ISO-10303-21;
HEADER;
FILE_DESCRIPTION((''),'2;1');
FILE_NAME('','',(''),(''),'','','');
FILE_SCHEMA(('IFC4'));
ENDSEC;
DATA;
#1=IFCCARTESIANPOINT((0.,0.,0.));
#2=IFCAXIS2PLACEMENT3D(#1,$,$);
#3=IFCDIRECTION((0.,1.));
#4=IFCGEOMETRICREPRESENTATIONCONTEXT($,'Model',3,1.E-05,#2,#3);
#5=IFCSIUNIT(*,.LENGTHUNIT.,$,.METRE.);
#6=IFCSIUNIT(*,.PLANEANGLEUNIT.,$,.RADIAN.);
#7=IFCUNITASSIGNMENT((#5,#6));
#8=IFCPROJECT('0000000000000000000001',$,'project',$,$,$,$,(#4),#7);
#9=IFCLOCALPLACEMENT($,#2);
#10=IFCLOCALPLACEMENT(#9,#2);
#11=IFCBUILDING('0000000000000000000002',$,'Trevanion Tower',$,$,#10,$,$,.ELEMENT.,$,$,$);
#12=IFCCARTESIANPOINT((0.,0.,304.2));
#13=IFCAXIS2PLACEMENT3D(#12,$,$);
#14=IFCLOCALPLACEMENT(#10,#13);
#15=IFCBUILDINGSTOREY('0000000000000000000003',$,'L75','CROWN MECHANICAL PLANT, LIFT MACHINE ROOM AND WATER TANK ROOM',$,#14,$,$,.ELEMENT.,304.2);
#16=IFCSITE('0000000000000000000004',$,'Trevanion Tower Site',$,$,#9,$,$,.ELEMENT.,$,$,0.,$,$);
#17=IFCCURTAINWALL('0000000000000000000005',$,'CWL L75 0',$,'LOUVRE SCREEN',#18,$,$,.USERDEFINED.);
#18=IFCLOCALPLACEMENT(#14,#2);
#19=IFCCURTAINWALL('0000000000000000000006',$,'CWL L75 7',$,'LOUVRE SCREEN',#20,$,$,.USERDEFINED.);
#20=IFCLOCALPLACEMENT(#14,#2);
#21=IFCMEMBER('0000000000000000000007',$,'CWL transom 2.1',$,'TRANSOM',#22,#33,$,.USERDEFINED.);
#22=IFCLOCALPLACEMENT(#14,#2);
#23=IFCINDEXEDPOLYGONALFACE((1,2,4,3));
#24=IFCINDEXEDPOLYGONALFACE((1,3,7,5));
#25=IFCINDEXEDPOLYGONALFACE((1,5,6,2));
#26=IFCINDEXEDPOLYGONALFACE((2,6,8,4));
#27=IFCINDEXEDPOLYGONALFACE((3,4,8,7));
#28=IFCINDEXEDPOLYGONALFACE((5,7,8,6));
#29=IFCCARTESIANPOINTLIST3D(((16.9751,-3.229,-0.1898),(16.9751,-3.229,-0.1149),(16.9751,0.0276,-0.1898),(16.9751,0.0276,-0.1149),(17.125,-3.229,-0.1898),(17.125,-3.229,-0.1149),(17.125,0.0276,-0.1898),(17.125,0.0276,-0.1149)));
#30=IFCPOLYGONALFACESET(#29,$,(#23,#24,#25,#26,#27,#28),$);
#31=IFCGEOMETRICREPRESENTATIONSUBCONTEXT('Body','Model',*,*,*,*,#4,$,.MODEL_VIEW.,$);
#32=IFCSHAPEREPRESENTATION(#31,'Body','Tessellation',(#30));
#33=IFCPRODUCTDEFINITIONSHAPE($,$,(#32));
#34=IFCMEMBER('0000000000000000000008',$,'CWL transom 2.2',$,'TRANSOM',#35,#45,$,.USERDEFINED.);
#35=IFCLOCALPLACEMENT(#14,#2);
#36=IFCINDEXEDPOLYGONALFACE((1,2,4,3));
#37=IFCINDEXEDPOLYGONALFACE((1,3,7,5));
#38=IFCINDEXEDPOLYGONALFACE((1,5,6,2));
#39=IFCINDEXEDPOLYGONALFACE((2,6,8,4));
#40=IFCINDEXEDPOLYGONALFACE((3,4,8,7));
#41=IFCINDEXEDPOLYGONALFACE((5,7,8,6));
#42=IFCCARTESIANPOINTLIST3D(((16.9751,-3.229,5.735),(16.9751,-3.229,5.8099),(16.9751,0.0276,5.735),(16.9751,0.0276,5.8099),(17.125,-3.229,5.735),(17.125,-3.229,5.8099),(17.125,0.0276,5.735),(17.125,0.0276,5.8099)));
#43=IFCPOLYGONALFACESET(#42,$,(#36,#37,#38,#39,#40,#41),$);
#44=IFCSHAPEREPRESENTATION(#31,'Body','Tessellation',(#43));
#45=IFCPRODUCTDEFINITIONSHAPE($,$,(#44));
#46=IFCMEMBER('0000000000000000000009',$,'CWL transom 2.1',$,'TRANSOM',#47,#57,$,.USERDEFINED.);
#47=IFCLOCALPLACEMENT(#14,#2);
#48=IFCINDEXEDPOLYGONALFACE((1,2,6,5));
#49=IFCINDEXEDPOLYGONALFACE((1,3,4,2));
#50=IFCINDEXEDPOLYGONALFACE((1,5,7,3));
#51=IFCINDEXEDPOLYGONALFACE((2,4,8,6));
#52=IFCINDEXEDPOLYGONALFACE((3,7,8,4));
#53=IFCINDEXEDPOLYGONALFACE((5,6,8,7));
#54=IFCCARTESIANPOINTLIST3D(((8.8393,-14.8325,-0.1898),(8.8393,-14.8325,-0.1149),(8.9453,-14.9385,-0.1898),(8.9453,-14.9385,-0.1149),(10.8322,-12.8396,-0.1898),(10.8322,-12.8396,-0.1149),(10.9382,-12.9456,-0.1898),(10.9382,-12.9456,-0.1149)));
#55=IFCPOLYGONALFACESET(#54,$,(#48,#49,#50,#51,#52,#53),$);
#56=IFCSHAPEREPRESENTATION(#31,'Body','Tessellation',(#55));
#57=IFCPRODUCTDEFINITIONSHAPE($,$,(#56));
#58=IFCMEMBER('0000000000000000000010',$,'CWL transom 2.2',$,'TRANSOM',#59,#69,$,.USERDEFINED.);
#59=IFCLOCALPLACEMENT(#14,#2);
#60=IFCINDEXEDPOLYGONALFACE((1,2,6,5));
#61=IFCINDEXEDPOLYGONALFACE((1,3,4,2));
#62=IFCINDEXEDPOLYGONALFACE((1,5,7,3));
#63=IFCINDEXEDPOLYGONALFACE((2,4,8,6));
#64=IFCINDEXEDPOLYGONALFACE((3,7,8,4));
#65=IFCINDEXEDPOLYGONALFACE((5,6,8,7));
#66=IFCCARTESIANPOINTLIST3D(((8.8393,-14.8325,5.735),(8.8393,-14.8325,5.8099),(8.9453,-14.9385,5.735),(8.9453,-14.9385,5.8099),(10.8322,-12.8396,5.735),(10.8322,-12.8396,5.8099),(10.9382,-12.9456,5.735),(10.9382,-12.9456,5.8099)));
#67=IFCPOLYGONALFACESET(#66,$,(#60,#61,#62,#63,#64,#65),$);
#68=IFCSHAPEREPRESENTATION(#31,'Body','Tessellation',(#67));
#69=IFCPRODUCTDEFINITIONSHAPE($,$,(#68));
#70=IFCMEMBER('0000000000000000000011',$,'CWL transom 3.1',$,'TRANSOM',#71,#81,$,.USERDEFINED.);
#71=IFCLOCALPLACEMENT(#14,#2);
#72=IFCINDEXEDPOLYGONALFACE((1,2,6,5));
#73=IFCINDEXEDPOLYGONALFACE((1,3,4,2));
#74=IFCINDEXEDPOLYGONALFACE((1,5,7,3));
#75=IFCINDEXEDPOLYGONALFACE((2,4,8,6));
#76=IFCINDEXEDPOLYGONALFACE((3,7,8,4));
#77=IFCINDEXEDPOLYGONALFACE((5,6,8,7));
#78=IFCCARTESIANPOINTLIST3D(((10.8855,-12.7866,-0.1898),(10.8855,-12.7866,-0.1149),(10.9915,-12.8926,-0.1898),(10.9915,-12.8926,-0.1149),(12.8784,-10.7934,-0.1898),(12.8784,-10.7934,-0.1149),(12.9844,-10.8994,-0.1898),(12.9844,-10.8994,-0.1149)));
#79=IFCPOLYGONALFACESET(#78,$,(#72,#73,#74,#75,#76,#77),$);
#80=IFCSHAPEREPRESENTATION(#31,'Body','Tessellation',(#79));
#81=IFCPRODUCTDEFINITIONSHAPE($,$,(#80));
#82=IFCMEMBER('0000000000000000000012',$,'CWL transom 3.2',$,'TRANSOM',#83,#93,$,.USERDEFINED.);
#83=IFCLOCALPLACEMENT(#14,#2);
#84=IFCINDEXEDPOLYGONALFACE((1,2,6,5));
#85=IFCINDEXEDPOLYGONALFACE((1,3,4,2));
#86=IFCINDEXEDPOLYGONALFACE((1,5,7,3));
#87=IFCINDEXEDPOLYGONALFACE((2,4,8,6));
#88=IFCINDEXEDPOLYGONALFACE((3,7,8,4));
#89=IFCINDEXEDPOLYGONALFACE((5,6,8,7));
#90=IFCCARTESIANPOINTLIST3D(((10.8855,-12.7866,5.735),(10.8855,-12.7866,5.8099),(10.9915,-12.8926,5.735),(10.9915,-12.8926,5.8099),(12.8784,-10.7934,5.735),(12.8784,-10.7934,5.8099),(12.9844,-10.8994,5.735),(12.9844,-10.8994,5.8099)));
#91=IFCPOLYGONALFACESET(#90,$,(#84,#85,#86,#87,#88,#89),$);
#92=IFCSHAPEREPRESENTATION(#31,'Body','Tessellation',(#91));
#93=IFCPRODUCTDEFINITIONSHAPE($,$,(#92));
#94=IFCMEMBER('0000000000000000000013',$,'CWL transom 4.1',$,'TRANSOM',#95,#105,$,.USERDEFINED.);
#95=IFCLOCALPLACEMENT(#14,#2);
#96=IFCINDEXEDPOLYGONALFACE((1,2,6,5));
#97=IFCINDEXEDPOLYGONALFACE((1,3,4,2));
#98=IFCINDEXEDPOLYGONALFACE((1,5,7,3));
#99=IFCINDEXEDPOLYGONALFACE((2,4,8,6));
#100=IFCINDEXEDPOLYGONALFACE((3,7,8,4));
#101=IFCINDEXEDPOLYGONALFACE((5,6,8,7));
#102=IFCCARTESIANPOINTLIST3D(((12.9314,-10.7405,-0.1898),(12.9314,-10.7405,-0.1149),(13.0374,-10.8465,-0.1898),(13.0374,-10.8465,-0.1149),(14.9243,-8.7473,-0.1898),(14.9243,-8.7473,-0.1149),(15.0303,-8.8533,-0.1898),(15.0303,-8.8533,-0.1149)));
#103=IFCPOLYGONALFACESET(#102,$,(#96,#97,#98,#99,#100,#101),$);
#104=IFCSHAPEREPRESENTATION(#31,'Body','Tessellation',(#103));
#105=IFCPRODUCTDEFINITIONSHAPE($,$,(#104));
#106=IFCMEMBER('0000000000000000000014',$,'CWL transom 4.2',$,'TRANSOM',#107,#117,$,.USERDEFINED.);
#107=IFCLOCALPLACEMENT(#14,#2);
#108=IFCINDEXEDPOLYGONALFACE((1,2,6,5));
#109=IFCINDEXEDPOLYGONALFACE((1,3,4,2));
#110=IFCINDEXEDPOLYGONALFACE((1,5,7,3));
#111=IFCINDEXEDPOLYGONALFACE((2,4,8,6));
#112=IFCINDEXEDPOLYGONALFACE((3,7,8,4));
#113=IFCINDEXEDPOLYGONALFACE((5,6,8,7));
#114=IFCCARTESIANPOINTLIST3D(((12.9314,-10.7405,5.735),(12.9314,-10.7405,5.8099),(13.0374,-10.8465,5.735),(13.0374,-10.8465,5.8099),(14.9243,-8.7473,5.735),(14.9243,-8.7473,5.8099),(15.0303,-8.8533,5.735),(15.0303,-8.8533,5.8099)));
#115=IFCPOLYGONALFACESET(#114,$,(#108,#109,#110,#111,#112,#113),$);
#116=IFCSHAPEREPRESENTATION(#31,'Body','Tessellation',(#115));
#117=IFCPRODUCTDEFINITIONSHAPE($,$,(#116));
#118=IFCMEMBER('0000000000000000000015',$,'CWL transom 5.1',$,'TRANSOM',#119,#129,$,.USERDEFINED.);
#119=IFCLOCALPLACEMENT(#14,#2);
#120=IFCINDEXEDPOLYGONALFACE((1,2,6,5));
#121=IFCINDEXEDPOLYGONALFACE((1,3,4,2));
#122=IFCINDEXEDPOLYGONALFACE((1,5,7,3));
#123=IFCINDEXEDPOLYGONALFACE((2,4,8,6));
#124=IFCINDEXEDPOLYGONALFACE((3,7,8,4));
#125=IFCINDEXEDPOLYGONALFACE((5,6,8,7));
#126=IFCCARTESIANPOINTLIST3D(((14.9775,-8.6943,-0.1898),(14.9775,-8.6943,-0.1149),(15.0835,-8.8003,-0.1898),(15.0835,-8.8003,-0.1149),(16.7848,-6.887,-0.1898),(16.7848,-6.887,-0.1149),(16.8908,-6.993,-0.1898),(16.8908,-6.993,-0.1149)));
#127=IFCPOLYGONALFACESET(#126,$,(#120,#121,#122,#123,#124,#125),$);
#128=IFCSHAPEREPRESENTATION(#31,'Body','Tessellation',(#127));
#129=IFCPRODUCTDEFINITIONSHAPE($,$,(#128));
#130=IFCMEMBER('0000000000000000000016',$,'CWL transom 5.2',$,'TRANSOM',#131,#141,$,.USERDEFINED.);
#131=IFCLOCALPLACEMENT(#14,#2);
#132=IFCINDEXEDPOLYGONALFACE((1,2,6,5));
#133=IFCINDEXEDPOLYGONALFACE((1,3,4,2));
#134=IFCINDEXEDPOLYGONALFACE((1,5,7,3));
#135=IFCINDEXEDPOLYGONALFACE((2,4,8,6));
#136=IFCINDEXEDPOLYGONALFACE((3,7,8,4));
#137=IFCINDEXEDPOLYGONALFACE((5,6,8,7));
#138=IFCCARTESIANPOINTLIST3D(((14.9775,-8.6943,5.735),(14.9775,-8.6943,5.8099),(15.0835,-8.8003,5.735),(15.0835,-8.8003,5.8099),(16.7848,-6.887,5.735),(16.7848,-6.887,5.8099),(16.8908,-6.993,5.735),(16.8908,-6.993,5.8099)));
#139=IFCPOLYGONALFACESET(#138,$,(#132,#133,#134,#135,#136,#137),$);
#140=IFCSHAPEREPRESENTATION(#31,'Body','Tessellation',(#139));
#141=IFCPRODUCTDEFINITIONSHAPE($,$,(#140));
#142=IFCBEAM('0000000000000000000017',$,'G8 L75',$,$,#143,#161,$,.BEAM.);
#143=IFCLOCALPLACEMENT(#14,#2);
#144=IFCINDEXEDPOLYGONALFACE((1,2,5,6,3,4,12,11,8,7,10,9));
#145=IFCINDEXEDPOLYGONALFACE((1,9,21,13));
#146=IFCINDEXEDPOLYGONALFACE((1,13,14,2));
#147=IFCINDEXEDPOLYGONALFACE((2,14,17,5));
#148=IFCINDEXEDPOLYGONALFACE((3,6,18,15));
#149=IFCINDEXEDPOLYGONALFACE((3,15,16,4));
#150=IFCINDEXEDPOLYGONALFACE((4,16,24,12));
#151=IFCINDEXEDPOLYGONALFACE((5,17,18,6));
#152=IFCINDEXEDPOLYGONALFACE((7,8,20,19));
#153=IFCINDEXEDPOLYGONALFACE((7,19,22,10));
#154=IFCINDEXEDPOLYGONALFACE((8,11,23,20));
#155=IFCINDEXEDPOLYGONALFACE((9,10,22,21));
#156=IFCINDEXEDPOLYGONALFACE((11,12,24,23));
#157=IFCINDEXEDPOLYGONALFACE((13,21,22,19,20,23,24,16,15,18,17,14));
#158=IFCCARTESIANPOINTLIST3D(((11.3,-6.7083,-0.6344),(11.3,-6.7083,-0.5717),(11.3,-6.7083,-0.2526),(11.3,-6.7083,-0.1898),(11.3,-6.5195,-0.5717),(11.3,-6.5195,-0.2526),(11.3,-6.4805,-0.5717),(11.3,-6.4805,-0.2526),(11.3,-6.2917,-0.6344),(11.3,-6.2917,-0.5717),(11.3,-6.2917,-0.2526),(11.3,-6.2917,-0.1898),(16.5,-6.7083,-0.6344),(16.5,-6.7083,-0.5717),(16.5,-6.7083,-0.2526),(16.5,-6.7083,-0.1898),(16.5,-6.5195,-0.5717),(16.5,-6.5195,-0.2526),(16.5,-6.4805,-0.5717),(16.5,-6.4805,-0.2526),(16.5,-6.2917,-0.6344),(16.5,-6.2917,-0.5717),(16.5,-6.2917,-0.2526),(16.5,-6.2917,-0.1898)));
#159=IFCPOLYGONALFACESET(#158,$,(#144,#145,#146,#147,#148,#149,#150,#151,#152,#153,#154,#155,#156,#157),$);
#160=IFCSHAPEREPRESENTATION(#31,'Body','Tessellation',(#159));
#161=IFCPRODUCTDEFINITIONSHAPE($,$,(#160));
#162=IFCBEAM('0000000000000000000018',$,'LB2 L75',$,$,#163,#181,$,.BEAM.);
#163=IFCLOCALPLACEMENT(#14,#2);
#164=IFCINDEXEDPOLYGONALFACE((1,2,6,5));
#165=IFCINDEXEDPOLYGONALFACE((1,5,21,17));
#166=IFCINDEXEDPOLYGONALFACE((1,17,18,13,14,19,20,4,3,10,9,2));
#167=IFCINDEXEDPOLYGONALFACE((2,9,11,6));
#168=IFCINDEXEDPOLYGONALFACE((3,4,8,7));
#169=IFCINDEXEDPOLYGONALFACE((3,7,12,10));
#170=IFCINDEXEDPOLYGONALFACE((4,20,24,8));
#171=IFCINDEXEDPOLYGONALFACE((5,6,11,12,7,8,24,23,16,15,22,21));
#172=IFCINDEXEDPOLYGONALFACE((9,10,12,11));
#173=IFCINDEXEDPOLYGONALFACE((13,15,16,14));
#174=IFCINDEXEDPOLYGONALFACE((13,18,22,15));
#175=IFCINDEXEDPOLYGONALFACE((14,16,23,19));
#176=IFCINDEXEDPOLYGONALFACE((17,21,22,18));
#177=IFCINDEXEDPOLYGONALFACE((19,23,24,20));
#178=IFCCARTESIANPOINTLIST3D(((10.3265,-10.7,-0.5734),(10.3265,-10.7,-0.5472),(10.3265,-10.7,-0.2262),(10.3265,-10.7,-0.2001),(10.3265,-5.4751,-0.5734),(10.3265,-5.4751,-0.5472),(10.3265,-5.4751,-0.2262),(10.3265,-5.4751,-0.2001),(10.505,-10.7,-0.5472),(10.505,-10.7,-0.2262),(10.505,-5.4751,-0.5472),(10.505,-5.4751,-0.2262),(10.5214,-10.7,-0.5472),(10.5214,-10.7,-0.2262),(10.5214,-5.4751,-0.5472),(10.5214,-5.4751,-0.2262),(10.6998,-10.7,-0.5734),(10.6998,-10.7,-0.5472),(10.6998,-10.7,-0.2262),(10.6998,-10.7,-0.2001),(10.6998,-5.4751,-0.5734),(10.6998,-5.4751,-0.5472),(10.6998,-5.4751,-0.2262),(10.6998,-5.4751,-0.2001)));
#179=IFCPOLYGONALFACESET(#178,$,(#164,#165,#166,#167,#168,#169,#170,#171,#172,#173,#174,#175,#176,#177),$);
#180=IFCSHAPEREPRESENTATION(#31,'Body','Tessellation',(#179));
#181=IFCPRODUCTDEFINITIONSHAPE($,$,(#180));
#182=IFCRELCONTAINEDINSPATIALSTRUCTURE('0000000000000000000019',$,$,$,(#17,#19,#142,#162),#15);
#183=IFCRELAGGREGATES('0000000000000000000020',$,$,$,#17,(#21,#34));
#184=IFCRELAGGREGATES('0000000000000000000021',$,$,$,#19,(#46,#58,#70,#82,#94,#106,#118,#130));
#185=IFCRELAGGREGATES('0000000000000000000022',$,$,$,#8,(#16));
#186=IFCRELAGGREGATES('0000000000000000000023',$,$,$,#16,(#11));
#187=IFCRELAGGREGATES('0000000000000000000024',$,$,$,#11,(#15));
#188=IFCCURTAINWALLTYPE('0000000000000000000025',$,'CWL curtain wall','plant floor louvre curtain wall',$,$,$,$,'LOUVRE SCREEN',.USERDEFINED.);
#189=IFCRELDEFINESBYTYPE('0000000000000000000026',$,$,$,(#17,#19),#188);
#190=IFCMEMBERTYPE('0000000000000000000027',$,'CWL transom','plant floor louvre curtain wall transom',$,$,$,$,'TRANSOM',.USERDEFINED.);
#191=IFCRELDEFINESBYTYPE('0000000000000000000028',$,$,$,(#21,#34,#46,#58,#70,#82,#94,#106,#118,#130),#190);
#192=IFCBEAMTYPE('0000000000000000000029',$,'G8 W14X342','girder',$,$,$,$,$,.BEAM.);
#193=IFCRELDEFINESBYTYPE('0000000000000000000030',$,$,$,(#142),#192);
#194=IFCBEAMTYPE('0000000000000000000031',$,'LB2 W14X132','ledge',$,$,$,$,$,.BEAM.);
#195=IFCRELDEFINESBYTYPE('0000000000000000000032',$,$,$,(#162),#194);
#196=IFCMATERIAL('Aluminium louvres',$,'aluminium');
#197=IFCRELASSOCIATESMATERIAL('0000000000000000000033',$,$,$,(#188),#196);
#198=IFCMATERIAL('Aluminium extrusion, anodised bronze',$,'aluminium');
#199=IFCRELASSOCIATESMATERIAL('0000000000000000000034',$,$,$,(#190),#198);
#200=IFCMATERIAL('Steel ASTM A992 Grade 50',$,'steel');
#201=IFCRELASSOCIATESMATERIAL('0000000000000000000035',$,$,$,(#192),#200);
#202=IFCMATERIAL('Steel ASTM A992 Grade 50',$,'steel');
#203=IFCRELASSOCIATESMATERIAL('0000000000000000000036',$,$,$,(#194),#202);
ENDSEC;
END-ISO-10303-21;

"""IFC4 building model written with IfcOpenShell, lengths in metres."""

from ifc_helpers import new_model, si_unit, direction, frame, origin, origin_2d, place, context, subcontext, project, spatial, rectangle, i_section, extrude, material, material_profile, profile_set, type_object, element, aggregate, save


model = new_model("IFC4")

# Units and contexts
model_context = context("Model", 3, precision=1e-05, world=origin(), true_north=direction((0.0, 1.0)))
body_context = subcontext(model_context, "Body", "Model", "MODEL_VIEW")
ifc_project = project(units=[si_unit("LENGTHUNIT", "METRE"), si_unit("PLANEANGLEUNIT", "RADIAN")], contexts=[model_context])

# Site, building, storey
site_placement = place(None, origin())
site = spatial("IfcSite", under=ifc_project, at=site_placement, Name="Trevanion Tower Site", CompositionType="ELEMENT", RefElevation=0.0)
building_placement = place(site_placement, origin())
building = spatial("IfcBuilding", under=site, at=building_placement, Name="Trevanion Tower", CompositionType="ELEMENT")
storey_placement = place(building_placement, frame((0.0, 0.0, 304.2)))
storey = spatial("IfcBuildingStorey", under=building, at=storey_placement, Name="L75", Description="CROWN MECHANICAL PLANT, LIFT MACHINE ROOM AND WATER TANK ROOM", CompositionType="ELEMENT", Elevation=304.2)

# Curtain wall
ifc_material_1 = material(Name="Aluminium louvres", Category="aluminium")
curtain_wall_type = type_object("IfcCurtainWallType", Name="CWL curtain wall", Description="plant floor louvre curtain wall", ElementType="LOUVRE SCREEN", PredefinedType="USERDEFINED", material=ifc_material_1)
curtain_wall_1_placement = place(storey_placement, origin())
curtain_wall_1 = element("IfcCurtainWall", 1, at=curtain_wall_1_placement, inside=storey, type_object=curtain_wall_type, Name="CWL L75 0", ObjectType="LOUVRE SCREEN", PredefinedType="USERDEFINED")

# Curtain wall
curtain_wall_2_placement = place(storey_placement, origin())
curtain_wall_2 = element("IfcCurtainWall", 2, at=curtain_wall_2_placement, inside=storey, type_object=curtain_wall_type, Name="CWL L75 7", ObjectType="LOUVRE SCREEN", PredefinedType="USERDEFINED")

# Members
ifc_material_2 = material(Name="Aluminium extrusion, anodised bronze", Category="aluminium")
ifc_material_profile_1 = material_profile(ifc_material_2, rectangle(XDim=0.1499, YDim=0.075, at=origin_2d()), Name="CWL transom")
ifc_profile_set_1 = profile_set([ifc_material_profile_1], Name="Aluminium extrusion, anodised bronze")
member_type_1 = type_object("IfcMemberType", Name="CWL transom", Description="plant floor louvre curtain wall transom", ElementType="TRANSOM", PredefinedType="USERDEFINED", material=ifc_profile_set_1)
member_1_placement = place(storey_placement, frame((17.05, -3.229, -0.1523), z_axis=(0.0, 1.0, 0.0), x_axis=(-1.0, 0.0, 0.0)))
member_1 = element("IfcMember", 3, at=member_1_placement, type_object=member_type_1, Name="CWL transom 2.1", ObjectType="TRANSOM", PredefinedType="USERDEFINED", context=body_context, shape_type="SweptSolid", body=[
    extrude(rectangle(XDim=0.1499, YDim=0.075, at=origin_2d()), origin(), (0.0, 0.0, 1.0), 3.2566),
])
member_2_placement = place(storey_placement, frame((17.05, -3.229, 5.7725), z_axis=(0.0, 1.0, 0.0), x_axis=(-1.0, 0.0, 0.0)))
member_2 = element("IfcMember", 4, at=member_2_placement, type_object=member_type_1, Name="CWL transom 2.2", ObjectType="TRANSOM", PredefinedType="USERDEFINED", context=body_context, shape_type="SweptSolid", body=[
    extrude(rectangle(XDim=0.1499, YDim=0.075, at=origin_2d()), origin(), (0.0, 0.0, 1.0), 3.2566),
])
member_3_placement = place(storey_placement, frame((8.8923, -14.8855, -0.1523), z_axis=(0.707107, 0.707107, 0.0), x_axis=(-0.707107, 0.707107, 0.0)))
member_3 = element("IfcMember", 5, at=member_3_placement, type_object=member_type_1, Name="CWL transom 2.1", ObjectType="TRANSOM", PredefinedType="USERDEFINED", context=body_context, shape_type="SweptSolid", body=[
    extrude(rectangle(XDim=0.1499, YDim=0.075, at=origin_2d()), origin(), (0.0, 0.0, 1.0), 2.8184),
])
member_4_placement = place(storey_placement, frame((8.8923, -14.8855, 5.7725), z_axis=(0.707107, 0.707107, 0.0), x_axis=(-0.707107, 0.707107, 0.0)))
member_4 = element("IfcMember", 6, at=member_4_placement, type_object=member_type_1, Name="CWL transom 2.2", ObjectType="TRANSOM", PredefinedType="USERDEFINED", context=body_context, shape_type="SweptSolid", body=[
    extrude(rectangle(XDim=0.1499, YDim=0.075, at=origin_2d()), origin(), (0.0, 0.0, 1.0), 2.8184),
])
member_5_placement = place(storey_placement, frame((10.9385, -12.8396, -0.1523), z_axis=(0.707063, 0.70715, 0.0), x_axis=(-0.70715, 0.707063, 0.0)))
member_5 = element("IfcMember", 7, at=member_5_placement, type_object=member_type_1, Name="CWL transom 3.1", ObjectType="TRANSOM", PredefinedType="USERDEFINED", context=body_context, shape_type="SweptSolid", body=[
    extrude(rectangle(XDim=0.1499, YDim=0.075, at=origin_2d()), origin(), (0.0, 0.0, 1.0), 2.8186),
])
member_6_placement = place(storey_placement, frame((10.9385, -12.8396, 5.7725), z_axis=(0.707063, 0.70715, 0.0), x_axis=(-0.70715, 0.707063, 0.0)))
member_6 = element("IfcMember", 8, at=member_6_placement, type_object=member_type_1, Name="CWL transom 3.2", ObjectType="TRANSOM", PredefinedType="USERDEFINED", context=body_context, shape_type="SweptSolid", body=[
    extrude(rectangle(XDim=0.1499, YDim=0.075, at=origin_2d()), origin(), (0.0, 0.0, 1.0), 2.8186),
])
member_7_placement = place(storey_placement, frame((12.9844, -10.7935, -0.1523), z_axis=(0.707063, 0.70715, 0.0), x_axis=(-0.70715, 0.707063, 0.0)))
member_7 = element("IfcMember", 9, at=member_7_placement, type_object=member_type_1, Name="CWL transom 4.1", ObjectType="TRANSOM", PredefinedType="USERDEFINED", context=body_context, shape_type="SweptSolid", body=[
    extrude(rectangle(XDim=0.1499, YDim=0.075, at=origin_2d()), origin(), (0.0, 0.0, 1.0), 2.8186),
])
member_8_placement = place(storey_placement, frame((12.9844, -10.7935, 5.7725), z_axis=(0.707063, 0.70715, 0.0), x_axis=(-0.70715, 0.707063, 0.0)))
member_8 = element("IfcMember", 10, at=member_8_placement, type_object=member_type_1, Name="CWL transom 4.2", ObjectType="TRANSOM", PredefinedType="USERDEFINED", context=body_context, shape_type="SweptSolid", body=[
    extrude(rectangle(XDim=0.1499, YDim=0.075, at=origin_2d()), origin(), (0.0, 0.0, 1.0), 2.8186),
])
member_9_placement = place(storey_placement, frame((15.0305, -8.7473, -0.1523), z_axis=(0.707107, 0.707107, 0.0), x_axis=(-0.707107, 0.707107, 0.0)))
member_9 = element("IfcMember", 11, at=member_9_placement, type_object=member_type_1, Name="CWL transom 5.1", ObjectType="TRANSOM", PredefinedType="USERDEFINED", context=body_context, shape_type="SweptSolid", body=[
    extrude(rectangle(XDim=0.1499, YDim=0.075, at=origin_2d()), origin(), (0.0, 0.0, 1.0), 2.5559),
])
member_10_placement = place(storey_placement, frame((15.0305, -8.7473, 5.7725), z_axis=(0.707107, 0.707107, 0.0), x_axis=(-0.707107, 0.707107, 0.0)))
member_10 = element("IfcMember", 12, at=member_10_placement, type_object=member_type_1, Name="CWL transom 5.2", ObjectType="TRANSOM", PredefinedType="USERDEFINED", context=body_context, shape_type="SweptSolid", body=[
    extrude(rectangle(XDim=0.1499, YDim=0.075, at=origin_2d()), origin(), (0.0, 0.0, 1.0), 2.5559),
])

# Beams
ifc_material_3 = material(Name="Steel ASTM A992 Grade 50", Category="steel")
ifc_material_profile_2 = material_profile(ifc_material_3, i_section(OverallWidth=0.4165, OverallDepth=0.4446, WebThickness=0.0391, FlangeThickness=0.0627, at=origin_2d()), Name="W14X342")
ifc_profile_set_2 = profile_set([ifc_material_profile_2], Name="Steel ASTM A992 Grade 50")
beam_type_1 = type_object("IfcBeamType", Name="G8 W14X342", Description="girder", PredefinedType="BEAM", material=ifc_profile_set_2)
beam_1_placement = place(storey_placement, frame((11.3, -6.5, -0.4121), z_axis=(1.0, 0.0, 0.0), x_axis=(0.0, 1.0, 0.0)))
element("IfcBeam", 13, at=beam_1_placement, inside=storey, type_object=beam_type_1, Name="G8 L75", PredefinedType="BEAM", context=body_context, shape_type="SweptSolid", body=[
    extrude(i_section(OverallWidth=0.4165, OverallDepth=0.4446, WebThickness=0.0391, FlangeThickness=0.0627, at=origin_2d()), origin(), (0.0, 0.0, 1.0), 5.2),
])
ifc_material_4 = material(Name="Steel ASTM A992 Grade 50", Category="steel")
ifc_material_profile_3 = material_profile(ifc_material_4, i_section(OverallWidth=0.3733, OverallDepth=0.3733, WebThickness=0.0164, FlangeThickness=0.0261, at=origin_2d()), Name="W14X132")
ifc_profile_set_3 = profile_set([ifc_material_profile_3], Name="Steel ASTM A992 Grade 50")
beam_type_2 = type_object("IfcBeamType", Name="LB2 W14X132", Description="ledge", PredefinedType="BEAM", material=ifc_profile_set_3)
beam_2_placement = place(storey_placement, frame((10.5132, -10.7, -0.3867), z_axis=(0.0, 1.0, 0.0), x_axis=(-1.0, 0.0, 0.0)))
element("IfcBeam", 14, at=beam_2_placement, inside=storey, type_object=beam_type_2, Name="LB2 L75", PredefinedType="BEAM", context=body_context, shape_type="SweptSolid", body=[
    extrude(i_section(OverallWidth=0.3733, OverallDepth=0.3733, WebThickness=0.0164, FlangeThickness=0.0261, at=origin_2d()), origin(), (0.0, 0.0, 1.0), 5.2249),
])

aggregate(curtain_wall_1, [member_1, member_2])
aggregate(curtain_wall_2, [member_3, member_4, member_5, member_6, member_7, member_8, member_9, member_10])

save(model, "model.ifc")
